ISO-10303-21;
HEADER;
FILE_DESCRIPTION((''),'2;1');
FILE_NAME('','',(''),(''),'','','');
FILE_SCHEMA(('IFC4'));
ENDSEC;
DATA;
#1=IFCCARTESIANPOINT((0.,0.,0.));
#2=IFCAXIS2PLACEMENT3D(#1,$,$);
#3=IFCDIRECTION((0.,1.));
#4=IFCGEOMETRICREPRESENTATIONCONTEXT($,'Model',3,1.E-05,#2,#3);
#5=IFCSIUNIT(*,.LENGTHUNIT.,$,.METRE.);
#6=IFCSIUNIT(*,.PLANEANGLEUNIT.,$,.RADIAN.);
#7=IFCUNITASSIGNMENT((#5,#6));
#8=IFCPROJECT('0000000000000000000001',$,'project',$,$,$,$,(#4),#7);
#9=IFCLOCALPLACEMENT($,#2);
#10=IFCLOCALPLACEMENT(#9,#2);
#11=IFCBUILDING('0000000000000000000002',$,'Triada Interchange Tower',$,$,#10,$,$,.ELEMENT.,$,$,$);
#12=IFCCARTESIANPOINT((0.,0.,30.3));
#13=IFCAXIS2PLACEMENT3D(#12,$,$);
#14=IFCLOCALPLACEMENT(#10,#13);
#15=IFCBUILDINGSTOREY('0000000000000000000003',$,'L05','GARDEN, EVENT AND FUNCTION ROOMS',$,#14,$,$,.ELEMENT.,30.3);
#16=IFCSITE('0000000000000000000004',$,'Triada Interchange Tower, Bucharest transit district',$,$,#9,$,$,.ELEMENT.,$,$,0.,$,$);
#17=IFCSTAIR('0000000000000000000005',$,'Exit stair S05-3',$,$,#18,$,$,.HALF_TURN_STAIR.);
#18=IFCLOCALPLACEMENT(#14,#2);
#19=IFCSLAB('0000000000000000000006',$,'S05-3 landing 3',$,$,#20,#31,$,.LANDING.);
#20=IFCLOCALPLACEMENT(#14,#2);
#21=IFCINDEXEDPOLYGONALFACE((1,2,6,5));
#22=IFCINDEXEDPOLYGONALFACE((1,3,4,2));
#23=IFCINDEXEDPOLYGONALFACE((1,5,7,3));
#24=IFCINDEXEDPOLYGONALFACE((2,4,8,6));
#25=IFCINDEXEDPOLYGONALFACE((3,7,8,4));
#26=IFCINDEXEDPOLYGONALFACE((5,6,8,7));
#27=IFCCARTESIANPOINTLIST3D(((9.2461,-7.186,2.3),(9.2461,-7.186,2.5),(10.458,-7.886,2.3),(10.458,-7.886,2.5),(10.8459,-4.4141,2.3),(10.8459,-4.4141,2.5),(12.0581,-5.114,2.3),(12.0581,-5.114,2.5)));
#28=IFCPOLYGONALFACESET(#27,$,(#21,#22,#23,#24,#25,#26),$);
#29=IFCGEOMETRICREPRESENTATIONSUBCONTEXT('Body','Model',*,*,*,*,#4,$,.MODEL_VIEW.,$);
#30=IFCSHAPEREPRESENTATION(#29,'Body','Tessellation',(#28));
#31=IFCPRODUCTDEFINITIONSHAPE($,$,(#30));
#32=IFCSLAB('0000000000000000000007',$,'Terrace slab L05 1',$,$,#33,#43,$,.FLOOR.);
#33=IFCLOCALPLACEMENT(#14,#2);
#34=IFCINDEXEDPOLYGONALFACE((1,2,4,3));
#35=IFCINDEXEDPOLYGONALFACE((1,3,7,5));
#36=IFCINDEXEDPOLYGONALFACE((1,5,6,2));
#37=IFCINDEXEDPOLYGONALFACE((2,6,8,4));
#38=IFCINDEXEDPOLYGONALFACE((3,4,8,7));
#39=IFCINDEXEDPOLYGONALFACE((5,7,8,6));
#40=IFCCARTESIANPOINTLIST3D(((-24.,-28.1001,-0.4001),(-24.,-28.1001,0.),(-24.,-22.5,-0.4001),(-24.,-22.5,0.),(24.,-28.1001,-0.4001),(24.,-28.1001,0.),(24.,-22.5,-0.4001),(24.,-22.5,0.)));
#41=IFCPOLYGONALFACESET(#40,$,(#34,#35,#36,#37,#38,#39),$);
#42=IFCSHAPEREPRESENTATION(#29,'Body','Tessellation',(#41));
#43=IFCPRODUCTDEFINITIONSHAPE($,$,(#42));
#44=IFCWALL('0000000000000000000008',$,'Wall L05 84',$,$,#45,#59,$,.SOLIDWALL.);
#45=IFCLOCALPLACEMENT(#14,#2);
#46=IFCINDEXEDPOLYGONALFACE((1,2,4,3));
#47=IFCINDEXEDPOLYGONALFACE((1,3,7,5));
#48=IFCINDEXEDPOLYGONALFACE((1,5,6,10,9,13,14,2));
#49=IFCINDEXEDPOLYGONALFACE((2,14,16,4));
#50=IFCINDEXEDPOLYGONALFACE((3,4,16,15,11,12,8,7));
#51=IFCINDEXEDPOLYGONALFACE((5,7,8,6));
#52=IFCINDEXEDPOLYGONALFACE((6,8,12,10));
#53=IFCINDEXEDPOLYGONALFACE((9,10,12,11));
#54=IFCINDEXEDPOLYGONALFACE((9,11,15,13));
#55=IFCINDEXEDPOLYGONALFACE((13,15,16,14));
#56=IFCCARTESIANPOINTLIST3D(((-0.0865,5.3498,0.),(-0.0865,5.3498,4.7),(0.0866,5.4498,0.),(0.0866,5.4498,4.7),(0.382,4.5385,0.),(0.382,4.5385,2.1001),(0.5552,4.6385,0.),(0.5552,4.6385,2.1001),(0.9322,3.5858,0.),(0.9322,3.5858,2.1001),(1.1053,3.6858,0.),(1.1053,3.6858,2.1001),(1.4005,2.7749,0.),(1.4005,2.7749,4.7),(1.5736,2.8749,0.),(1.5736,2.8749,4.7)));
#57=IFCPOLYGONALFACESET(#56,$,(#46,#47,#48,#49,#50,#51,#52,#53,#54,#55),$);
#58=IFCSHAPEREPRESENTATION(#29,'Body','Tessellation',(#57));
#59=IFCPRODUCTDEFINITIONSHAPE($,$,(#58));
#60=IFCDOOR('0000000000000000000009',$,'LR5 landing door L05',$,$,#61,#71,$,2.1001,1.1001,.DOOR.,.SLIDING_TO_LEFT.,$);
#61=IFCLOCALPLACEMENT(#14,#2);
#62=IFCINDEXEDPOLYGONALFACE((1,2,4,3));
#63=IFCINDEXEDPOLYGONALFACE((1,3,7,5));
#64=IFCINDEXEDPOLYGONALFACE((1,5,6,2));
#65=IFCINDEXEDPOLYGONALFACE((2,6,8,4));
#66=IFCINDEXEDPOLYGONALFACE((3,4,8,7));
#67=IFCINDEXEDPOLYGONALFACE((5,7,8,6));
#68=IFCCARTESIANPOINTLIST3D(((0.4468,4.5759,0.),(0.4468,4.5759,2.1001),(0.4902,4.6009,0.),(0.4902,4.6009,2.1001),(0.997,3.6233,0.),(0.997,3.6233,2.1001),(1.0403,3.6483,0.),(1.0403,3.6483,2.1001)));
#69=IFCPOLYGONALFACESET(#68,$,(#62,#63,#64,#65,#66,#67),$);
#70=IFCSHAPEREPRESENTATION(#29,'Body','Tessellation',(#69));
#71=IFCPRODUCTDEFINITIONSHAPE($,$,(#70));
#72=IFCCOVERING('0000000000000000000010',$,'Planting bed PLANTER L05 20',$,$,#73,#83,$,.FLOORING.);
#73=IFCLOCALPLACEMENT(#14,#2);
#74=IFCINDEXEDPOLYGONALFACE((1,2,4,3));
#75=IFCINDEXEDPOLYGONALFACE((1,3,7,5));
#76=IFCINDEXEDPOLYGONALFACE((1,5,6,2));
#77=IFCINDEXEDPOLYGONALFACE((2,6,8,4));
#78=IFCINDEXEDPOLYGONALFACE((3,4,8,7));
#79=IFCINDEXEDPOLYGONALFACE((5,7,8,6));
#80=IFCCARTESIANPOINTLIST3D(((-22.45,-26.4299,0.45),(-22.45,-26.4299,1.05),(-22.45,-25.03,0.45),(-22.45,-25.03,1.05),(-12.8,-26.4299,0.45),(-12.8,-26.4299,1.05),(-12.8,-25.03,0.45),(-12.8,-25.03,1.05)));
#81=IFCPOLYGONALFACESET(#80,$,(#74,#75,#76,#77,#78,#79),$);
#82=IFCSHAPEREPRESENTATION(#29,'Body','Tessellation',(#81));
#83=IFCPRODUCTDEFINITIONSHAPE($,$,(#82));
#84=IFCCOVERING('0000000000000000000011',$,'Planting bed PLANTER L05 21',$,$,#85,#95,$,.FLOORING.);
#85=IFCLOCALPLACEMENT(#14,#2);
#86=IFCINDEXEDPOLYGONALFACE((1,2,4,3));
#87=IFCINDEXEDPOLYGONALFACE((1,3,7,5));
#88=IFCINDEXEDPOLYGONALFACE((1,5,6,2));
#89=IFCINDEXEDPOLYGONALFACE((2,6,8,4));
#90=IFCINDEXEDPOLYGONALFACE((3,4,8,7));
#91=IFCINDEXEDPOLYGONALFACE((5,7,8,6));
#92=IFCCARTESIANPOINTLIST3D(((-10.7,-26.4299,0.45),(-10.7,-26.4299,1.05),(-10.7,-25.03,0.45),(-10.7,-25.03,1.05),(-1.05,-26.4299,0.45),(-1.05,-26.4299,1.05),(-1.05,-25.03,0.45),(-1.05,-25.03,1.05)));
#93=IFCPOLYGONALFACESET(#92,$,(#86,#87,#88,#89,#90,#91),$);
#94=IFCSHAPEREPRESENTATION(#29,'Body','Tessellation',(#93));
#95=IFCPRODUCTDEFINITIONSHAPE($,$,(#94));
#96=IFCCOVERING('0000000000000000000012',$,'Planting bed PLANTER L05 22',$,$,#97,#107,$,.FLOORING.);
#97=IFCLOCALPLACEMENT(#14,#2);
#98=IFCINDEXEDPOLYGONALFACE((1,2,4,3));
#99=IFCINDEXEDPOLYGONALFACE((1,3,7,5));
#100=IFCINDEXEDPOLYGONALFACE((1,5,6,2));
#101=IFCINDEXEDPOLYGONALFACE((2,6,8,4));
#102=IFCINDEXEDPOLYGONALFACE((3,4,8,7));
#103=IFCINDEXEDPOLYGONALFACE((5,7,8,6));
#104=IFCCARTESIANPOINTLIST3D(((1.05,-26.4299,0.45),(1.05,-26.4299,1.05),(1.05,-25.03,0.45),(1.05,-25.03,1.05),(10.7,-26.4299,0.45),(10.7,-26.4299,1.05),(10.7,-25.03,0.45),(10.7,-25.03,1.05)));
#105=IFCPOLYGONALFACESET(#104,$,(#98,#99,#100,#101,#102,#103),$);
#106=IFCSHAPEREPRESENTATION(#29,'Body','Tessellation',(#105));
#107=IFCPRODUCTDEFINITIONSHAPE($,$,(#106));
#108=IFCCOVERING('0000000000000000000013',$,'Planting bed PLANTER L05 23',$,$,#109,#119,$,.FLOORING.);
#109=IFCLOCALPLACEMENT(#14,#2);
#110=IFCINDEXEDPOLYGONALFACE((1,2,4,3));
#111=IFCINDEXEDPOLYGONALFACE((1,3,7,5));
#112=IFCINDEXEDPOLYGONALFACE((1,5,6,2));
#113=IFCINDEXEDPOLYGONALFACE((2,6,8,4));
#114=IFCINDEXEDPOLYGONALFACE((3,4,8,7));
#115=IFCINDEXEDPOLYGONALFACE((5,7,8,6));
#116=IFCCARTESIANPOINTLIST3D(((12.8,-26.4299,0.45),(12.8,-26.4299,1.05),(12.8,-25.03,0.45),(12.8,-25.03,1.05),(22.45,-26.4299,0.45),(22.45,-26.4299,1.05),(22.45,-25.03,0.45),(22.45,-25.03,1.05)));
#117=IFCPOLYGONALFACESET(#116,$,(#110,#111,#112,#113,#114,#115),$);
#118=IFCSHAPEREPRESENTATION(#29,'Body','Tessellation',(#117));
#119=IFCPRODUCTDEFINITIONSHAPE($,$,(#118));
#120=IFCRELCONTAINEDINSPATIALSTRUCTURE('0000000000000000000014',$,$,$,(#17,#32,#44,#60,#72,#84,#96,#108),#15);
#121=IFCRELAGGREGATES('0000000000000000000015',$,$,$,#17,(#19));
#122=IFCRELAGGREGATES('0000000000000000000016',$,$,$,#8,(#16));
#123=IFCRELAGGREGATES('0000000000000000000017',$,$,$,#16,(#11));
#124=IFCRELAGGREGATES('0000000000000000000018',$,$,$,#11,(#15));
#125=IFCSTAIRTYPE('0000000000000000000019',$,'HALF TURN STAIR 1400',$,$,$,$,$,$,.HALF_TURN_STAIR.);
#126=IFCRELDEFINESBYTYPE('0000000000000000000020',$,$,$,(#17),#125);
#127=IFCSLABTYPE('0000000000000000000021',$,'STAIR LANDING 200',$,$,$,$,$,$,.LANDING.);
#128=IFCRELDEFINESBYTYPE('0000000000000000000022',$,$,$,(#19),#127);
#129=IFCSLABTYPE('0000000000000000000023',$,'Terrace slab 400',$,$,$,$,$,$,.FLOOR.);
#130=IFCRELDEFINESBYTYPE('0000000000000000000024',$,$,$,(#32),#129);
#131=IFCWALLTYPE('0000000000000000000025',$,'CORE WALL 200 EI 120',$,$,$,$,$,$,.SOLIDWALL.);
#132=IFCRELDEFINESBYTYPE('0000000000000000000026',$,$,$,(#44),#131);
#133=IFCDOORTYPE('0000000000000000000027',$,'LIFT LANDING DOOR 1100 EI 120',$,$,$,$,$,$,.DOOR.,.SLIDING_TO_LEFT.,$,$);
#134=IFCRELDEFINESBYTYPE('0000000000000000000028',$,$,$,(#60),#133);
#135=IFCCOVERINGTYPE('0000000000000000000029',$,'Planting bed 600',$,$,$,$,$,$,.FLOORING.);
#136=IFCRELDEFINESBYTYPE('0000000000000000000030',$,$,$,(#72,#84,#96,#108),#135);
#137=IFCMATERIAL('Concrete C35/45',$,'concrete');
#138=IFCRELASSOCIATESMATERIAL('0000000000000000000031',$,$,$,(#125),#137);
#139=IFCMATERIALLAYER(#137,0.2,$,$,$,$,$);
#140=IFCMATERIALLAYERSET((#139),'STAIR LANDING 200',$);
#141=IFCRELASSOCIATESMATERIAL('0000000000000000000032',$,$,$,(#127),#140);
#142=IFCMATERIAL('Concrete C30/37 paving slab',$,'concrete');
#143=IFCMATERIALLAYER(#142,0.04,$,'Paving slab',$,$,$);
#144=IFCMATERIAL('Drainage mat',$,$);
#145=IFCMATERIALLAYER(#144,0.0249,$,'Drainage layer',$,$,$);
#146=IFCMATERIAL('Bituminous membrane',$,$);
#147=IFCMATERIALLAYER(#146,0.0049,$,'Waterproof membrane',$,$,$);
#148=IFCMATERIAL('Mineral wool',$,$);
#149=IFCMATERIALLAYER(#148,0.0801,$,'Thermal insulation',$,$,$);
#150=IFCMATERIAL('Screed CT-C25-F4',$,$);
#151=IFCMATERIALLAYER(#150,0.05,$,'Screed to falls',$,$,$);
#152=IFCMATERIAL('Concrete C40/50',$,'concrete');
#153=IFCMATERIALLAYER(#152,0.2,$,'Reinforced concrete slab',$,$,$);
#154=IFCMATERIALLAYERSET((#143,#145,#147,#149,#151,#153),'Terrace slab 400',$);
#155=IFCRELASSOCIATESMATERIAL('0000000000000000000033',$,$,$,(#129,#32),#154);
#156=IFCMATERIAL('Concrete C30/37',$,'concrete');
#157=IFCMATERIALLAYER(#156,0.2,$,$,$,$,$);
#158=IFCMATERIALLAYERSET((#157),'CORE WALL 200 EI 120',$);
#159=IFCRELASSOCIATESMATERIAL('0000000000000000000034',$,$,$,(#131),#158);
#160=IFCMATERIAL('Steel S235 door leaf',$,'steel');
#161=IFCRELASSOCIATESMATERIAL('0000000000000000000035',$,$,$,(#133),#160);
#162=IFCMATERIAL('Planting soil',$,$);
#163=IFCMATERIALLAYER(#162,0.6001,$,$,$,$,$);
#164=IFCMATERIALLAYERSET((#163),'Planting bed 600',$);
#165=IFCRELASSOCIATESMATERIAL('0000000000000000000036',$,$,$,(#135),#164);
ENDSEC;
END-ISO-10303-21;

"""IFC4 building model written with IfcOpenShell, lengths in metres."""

from ifc_helpers import new_model, si_unit, direction, frame, frame_2d, origin, place, context, subcontext, project, spatial, polyline, rectangle, outline, extrude, material, layer, layer_set, layer_usage, type_object, element, fill, aggregate, save


model = new_model("IFC4")

# Units and contexts
model_context = context("Model", 3, precision=1e-05, world=origin(), true_north=direction((0.0, 1.0)))
body_context = subcontext(model_context, "Body", "Model", "MODEL_VIEW")
ifc_project = project(units=[si_unit("LENGTHUNIT", "METRE"), si_unit("PLANEANGLEUNIT", "RADIAN")], contexts=[model_context])

# Site, building, storey
site_placement = place(None, origin())
site = spatial("IfcSite", under=ifc_project, at=site_placement, Name="Triada Interchange Tower, Bucharest transit district", CompositionType="ELEMENT", RefElevation=0.0)
building_placement = place(site_placement, origin())
building = spatial("IfcBuilding", under=site, at=building_placement, Name="Triada Interchange Tower", CompositionType="ELEMENT")
storey_placement = place(building_placement, frame((0.0, 0.0, 30.3)))
storey = spatial("IfcBuildingStorey", under=building, at=storey_placement, Name="L05", Description="GARDEN, EVENT AND FUNCTION ROOMS", CompositionType="ELEMENT", Elevation=30.3)

# Stair, slab
ifc_material_1 = material(Name="Concrete C35/45", Category="concrete")
stair_type = type_object("IfcStairType", Name="HALF TURN STAIR 1400", PredefinedType="HALF_TURN_STAIR", material=ifc_material_1)
ifc_layer_1 = layer(ifc_material_1, 0.2)
ifc_layer_set_1 = layer_set([ifc_layer_1], Name="STAIR LANDING 200")
slab_type_1 = type_object("IfcSlabType", Name="STAIR LANDING 200", PredefinedType="LANDING", material=ifc_layer_set_1)
stair_1_placement = place(storey_placement, origin())
stair_1 = element("IfcStair", 1, at=stair_1_placement, inside=storey, type_object=stair_type, Name="Exit stair S05-3", PredefinedType="HALF_TURN_STAIR")
slab_1_placement = place(storey_placement, frame((0.0, 0.0, 2.3)))
slab_1 = element("IfcSlab", 2, at=slab_1_placement, type_object=slab_type_1, Name="S05-3 landing 3", PredefinedType="LANDING", context=body_context, shape_type="SweptSolid", body=[
    extrude(outline(polyline([(9.2461, -7.186), (10.458, -7.886), (12.0581, -5.114), (10.8459, -4.4141), (9.2461, -7.186)])), origin(), (0.0, 0.0, 1.0), 0.2),
])
aggregate(stair_1, [slab_1])

# Slab
ifc_material_2 = material(Name="Concrete C30/37 paving slab", Category="concrete")
ifc_layer_2 = layer(ifc_material_2, 0.04, Name="Paving slab")
ifc_material_3 = material(Name="Drainage mat")
ifc_layer_3 = layer(ifc_material_3, 0.0249, Name="Drainage layer")
ifc_material_4 = material(Name="Bituminous membrane")
ifc_layer_4 = layer(ifc_material_4, 0.0049, Name="Waterproof membrane")
ifc_material_5 = material(Name="Mineral wool")
ifc_layer_5 = layer(ifc_material_5, 0.0801, Name="Thermal insulation")
ifc_material_6 = material(Name="Screed CT-C25-F4")
ifc_layer_6 = layer(ifc_material_6, 0.05, Name="Screed to falls")
ifc_material_7 = material(Name="Concrete C40/50", Category="concrete")
ifc_layer_7 = layer(ifc_material_7, 0.2, Name="Reinforced concrete slab")
ifc_layer_set_2 = layer_set([ifc_layer_2, ifc_layer_3, ifc_layer_4, ifc_layer_5, ifc_layer_6, ifc_layer_7], Name="Terrace slab 400")
ifc_layer_usage = layer_usage(ifc_layer_set_2, "AXIS3", "POSITIVE", 0.0)
slab_type_2 = type_object("IfcSlabType", Name="Terrace slab 400", PredefinedType="FLOOR", material=ifc_layer_set_2)
slab_2_placement = place(storey_placement, frame((0.0, 0.0, -0.4001)))
element("IfcSlab", 3, at=slab_2_placement, inside=storey, type_object=slab_type_2, material=ifc_layer_usage, Name="Terrace slab L05 1", PredefinedType="FLOOR", context=body_context, shape_type="SweptSolid", body=[
    extrude(outline(polyline([(-24.0, -28.1001), (24.0, -28.1001), (24.0, -22.5), (-24.0, -22.5), (-24.0, -28.1001)])), origin(), (0.0, 0.0, 1.0), 0.4001),
])

# Wall, opening, door
ifc_material_8 = material(Name="Concrete C30/37", Category="concrete")
ifc_layer_8 = layer(ifc_material_8, 0.2)
ifc_layer_set_3 = layer_set([ifc_layer_8], Name="CORE WALL 200 EI 120")
wall_type = type_object("IfcWallType", Name="CORE WALL 200 EI 120", PredefinedType="SOLIDWALL", material=ifc_layer_set_3)
wall_placement = place(storey_placement, frame((0.0, 5.3999, 0.0), z_axis=(0.0, 0.0, 1.0), x_axis=(0.500104, -0.865965, 0.0)))
wall = element("IfcWall", 4, at=wall_placement, inside=storey, type_object=wall_type, Name="Wall L05 84", PredefinedType="SOLIDWALL", context=body_context, shape_type="SweptSolid", body=[
    extrude(rectangle(XDim=2.9734, YDim=0.2, at=frame_2d((1.4868, 0.0))), origin(), (0.0, 0.0, 1.0), 4.7),
])
opening_placement = place(wall_placement, frame((0.937, 0.0, 0.0)))
opening = element("IfcOpeningElement", 5, at=opening_placement, cuts=wall, PredefinedType="OPENING", context=body_context, shape_type="SweptSolid", body=[
    extrude(rectangle(XDim=1.1001, YDim=2.1001, at=frame_2d((0.55, 1.05))), frame((0.0, 0.1099, 0.0), z_axis=(0.0, -1.0, 0.0), x_axis=(1.0, 0.0, 0.0)), (0.0, 0.0, 1.0), 0.22),
])
ifc_material_9 = material(Name="Steel S235 door leaf", Category="steel")
door_type = type_object("IfcDoorType", Name="LIFT LANDING DOOR 1100 EI 120", OperationType="SLIDING_TO_LEFT", PredefinedType="DOOR", material=ifc_material_9)
door_placement = place(opening_placement, origin())
door = element("IfcDoor", 6, at=door_placement, inside=storey, type_object=door_type, Name="LR5 landing door L05", OperationType="SLIDING_TO_LEFT", OverallHeight=2.1001, OverallWidth=1.1001, PredefinedType="DOOR", context=body_context, shape_type="SweptSolid", body=[
    extrude(rectangle(XDim=1.1001, YDim=2.1001, at=frame_2d((0.55, 1.05))), frame((0.0, 0.0249, 0.0), z_axis=(0.0, -1.0, 0.0), x_axis=(1.0, 0.0, 0.0)), (0.0, 0.0, 1.0), 0.05),
])
fill(opening, door)

# Coverings
ifc_material_10 = material(Name="Planting soil")
ifc_layer_9 = layer(ifc_material_10, 0.6001)
ifc_layer_set_4 = layer_set([ifc_layer_9], Name="Planting bed 600")
covering_type = type_object("IfcCoveringType", Name="Planting bed 600", PredefinedType="FLOORING", material=ifc_layer_set_4)
covering_1_placement = place(storey_placement, frame((0.0, 0.0, 0.45)))
element("IfcCovering", 7, at=covering_1_placement, inside=storey, type_object=covering_type, Name="Planting bed PLANTER L05 20", PredefinedType="FLOORING", context=body_context, shape_type="SweptSolid", body=[
    extrude(outline(polyline([(-22.45, -26.4299), (-12.8, -26.4299), (-12.8, -25.03), (-22.45, -25.03), (-22.45, -26.4299)])), origin(), (0.0, 0.0, 1.0), 0.6001),
])
covering_2_placement = place(storey_placement, frame((0.0, 0.0, 0.45)))
element("IfcCovering", 8, at=covering_2_placement, inside=storey, type_object=covering_type, Name="Planting bed PLANTER L05 21", PredefinedType="FLOORING", context=body_context, shape_type="SweptSolid", body=[
    extrude(outline(polyline([(-10.7, -26.4299), (-1.05, -26.4299), (-1.05, -25.03), (-10.7, -25.03), (-10.7, -26.4299)])), origin(), (0.0, 0.0, 1.0), 0.6001),
])
covering_3_placement = place(storey_placement, frame((0.0, 0.0, 0.45)))
element("IfcCovering", 9, at=covering_3_placement, inside=storey, type_object=covering_type, Name="Planting bed PLANTER L05 22", PredefinedType="FLOORING", context=body_context, shape_type="SweptSolid", body=[
    extrude(outline(polyline([(1.05, -26.4299), (10.7, -26.4299), (10.7, -25.03), (1.05, -25.03), (1.05, -26.4299)])), origin(), (0.0, 0.0, 1.0), 0.6001),
])
covering_4_placement = place(storey_placement, frame((0.0, 0.0, 0.45)))
element("IfcCovering", 10, at=covering_4_placement, inside=storey, type_object=covering_type, Name="Planting bed PLANTER L05 23", PredefinedType="FLOORING", context=body_context, shape_type="SweptSolid", body=[
    extrude(outline(polyline([(12.8, -26.4299), (22.45, -26.4299), (22.45, -25.03), (12.8, -25.03), (12.8, -26.4299)])), origin(), (0.0, 0.0, 1.0), 0.6001),
])

save(model, "model.ifc")
